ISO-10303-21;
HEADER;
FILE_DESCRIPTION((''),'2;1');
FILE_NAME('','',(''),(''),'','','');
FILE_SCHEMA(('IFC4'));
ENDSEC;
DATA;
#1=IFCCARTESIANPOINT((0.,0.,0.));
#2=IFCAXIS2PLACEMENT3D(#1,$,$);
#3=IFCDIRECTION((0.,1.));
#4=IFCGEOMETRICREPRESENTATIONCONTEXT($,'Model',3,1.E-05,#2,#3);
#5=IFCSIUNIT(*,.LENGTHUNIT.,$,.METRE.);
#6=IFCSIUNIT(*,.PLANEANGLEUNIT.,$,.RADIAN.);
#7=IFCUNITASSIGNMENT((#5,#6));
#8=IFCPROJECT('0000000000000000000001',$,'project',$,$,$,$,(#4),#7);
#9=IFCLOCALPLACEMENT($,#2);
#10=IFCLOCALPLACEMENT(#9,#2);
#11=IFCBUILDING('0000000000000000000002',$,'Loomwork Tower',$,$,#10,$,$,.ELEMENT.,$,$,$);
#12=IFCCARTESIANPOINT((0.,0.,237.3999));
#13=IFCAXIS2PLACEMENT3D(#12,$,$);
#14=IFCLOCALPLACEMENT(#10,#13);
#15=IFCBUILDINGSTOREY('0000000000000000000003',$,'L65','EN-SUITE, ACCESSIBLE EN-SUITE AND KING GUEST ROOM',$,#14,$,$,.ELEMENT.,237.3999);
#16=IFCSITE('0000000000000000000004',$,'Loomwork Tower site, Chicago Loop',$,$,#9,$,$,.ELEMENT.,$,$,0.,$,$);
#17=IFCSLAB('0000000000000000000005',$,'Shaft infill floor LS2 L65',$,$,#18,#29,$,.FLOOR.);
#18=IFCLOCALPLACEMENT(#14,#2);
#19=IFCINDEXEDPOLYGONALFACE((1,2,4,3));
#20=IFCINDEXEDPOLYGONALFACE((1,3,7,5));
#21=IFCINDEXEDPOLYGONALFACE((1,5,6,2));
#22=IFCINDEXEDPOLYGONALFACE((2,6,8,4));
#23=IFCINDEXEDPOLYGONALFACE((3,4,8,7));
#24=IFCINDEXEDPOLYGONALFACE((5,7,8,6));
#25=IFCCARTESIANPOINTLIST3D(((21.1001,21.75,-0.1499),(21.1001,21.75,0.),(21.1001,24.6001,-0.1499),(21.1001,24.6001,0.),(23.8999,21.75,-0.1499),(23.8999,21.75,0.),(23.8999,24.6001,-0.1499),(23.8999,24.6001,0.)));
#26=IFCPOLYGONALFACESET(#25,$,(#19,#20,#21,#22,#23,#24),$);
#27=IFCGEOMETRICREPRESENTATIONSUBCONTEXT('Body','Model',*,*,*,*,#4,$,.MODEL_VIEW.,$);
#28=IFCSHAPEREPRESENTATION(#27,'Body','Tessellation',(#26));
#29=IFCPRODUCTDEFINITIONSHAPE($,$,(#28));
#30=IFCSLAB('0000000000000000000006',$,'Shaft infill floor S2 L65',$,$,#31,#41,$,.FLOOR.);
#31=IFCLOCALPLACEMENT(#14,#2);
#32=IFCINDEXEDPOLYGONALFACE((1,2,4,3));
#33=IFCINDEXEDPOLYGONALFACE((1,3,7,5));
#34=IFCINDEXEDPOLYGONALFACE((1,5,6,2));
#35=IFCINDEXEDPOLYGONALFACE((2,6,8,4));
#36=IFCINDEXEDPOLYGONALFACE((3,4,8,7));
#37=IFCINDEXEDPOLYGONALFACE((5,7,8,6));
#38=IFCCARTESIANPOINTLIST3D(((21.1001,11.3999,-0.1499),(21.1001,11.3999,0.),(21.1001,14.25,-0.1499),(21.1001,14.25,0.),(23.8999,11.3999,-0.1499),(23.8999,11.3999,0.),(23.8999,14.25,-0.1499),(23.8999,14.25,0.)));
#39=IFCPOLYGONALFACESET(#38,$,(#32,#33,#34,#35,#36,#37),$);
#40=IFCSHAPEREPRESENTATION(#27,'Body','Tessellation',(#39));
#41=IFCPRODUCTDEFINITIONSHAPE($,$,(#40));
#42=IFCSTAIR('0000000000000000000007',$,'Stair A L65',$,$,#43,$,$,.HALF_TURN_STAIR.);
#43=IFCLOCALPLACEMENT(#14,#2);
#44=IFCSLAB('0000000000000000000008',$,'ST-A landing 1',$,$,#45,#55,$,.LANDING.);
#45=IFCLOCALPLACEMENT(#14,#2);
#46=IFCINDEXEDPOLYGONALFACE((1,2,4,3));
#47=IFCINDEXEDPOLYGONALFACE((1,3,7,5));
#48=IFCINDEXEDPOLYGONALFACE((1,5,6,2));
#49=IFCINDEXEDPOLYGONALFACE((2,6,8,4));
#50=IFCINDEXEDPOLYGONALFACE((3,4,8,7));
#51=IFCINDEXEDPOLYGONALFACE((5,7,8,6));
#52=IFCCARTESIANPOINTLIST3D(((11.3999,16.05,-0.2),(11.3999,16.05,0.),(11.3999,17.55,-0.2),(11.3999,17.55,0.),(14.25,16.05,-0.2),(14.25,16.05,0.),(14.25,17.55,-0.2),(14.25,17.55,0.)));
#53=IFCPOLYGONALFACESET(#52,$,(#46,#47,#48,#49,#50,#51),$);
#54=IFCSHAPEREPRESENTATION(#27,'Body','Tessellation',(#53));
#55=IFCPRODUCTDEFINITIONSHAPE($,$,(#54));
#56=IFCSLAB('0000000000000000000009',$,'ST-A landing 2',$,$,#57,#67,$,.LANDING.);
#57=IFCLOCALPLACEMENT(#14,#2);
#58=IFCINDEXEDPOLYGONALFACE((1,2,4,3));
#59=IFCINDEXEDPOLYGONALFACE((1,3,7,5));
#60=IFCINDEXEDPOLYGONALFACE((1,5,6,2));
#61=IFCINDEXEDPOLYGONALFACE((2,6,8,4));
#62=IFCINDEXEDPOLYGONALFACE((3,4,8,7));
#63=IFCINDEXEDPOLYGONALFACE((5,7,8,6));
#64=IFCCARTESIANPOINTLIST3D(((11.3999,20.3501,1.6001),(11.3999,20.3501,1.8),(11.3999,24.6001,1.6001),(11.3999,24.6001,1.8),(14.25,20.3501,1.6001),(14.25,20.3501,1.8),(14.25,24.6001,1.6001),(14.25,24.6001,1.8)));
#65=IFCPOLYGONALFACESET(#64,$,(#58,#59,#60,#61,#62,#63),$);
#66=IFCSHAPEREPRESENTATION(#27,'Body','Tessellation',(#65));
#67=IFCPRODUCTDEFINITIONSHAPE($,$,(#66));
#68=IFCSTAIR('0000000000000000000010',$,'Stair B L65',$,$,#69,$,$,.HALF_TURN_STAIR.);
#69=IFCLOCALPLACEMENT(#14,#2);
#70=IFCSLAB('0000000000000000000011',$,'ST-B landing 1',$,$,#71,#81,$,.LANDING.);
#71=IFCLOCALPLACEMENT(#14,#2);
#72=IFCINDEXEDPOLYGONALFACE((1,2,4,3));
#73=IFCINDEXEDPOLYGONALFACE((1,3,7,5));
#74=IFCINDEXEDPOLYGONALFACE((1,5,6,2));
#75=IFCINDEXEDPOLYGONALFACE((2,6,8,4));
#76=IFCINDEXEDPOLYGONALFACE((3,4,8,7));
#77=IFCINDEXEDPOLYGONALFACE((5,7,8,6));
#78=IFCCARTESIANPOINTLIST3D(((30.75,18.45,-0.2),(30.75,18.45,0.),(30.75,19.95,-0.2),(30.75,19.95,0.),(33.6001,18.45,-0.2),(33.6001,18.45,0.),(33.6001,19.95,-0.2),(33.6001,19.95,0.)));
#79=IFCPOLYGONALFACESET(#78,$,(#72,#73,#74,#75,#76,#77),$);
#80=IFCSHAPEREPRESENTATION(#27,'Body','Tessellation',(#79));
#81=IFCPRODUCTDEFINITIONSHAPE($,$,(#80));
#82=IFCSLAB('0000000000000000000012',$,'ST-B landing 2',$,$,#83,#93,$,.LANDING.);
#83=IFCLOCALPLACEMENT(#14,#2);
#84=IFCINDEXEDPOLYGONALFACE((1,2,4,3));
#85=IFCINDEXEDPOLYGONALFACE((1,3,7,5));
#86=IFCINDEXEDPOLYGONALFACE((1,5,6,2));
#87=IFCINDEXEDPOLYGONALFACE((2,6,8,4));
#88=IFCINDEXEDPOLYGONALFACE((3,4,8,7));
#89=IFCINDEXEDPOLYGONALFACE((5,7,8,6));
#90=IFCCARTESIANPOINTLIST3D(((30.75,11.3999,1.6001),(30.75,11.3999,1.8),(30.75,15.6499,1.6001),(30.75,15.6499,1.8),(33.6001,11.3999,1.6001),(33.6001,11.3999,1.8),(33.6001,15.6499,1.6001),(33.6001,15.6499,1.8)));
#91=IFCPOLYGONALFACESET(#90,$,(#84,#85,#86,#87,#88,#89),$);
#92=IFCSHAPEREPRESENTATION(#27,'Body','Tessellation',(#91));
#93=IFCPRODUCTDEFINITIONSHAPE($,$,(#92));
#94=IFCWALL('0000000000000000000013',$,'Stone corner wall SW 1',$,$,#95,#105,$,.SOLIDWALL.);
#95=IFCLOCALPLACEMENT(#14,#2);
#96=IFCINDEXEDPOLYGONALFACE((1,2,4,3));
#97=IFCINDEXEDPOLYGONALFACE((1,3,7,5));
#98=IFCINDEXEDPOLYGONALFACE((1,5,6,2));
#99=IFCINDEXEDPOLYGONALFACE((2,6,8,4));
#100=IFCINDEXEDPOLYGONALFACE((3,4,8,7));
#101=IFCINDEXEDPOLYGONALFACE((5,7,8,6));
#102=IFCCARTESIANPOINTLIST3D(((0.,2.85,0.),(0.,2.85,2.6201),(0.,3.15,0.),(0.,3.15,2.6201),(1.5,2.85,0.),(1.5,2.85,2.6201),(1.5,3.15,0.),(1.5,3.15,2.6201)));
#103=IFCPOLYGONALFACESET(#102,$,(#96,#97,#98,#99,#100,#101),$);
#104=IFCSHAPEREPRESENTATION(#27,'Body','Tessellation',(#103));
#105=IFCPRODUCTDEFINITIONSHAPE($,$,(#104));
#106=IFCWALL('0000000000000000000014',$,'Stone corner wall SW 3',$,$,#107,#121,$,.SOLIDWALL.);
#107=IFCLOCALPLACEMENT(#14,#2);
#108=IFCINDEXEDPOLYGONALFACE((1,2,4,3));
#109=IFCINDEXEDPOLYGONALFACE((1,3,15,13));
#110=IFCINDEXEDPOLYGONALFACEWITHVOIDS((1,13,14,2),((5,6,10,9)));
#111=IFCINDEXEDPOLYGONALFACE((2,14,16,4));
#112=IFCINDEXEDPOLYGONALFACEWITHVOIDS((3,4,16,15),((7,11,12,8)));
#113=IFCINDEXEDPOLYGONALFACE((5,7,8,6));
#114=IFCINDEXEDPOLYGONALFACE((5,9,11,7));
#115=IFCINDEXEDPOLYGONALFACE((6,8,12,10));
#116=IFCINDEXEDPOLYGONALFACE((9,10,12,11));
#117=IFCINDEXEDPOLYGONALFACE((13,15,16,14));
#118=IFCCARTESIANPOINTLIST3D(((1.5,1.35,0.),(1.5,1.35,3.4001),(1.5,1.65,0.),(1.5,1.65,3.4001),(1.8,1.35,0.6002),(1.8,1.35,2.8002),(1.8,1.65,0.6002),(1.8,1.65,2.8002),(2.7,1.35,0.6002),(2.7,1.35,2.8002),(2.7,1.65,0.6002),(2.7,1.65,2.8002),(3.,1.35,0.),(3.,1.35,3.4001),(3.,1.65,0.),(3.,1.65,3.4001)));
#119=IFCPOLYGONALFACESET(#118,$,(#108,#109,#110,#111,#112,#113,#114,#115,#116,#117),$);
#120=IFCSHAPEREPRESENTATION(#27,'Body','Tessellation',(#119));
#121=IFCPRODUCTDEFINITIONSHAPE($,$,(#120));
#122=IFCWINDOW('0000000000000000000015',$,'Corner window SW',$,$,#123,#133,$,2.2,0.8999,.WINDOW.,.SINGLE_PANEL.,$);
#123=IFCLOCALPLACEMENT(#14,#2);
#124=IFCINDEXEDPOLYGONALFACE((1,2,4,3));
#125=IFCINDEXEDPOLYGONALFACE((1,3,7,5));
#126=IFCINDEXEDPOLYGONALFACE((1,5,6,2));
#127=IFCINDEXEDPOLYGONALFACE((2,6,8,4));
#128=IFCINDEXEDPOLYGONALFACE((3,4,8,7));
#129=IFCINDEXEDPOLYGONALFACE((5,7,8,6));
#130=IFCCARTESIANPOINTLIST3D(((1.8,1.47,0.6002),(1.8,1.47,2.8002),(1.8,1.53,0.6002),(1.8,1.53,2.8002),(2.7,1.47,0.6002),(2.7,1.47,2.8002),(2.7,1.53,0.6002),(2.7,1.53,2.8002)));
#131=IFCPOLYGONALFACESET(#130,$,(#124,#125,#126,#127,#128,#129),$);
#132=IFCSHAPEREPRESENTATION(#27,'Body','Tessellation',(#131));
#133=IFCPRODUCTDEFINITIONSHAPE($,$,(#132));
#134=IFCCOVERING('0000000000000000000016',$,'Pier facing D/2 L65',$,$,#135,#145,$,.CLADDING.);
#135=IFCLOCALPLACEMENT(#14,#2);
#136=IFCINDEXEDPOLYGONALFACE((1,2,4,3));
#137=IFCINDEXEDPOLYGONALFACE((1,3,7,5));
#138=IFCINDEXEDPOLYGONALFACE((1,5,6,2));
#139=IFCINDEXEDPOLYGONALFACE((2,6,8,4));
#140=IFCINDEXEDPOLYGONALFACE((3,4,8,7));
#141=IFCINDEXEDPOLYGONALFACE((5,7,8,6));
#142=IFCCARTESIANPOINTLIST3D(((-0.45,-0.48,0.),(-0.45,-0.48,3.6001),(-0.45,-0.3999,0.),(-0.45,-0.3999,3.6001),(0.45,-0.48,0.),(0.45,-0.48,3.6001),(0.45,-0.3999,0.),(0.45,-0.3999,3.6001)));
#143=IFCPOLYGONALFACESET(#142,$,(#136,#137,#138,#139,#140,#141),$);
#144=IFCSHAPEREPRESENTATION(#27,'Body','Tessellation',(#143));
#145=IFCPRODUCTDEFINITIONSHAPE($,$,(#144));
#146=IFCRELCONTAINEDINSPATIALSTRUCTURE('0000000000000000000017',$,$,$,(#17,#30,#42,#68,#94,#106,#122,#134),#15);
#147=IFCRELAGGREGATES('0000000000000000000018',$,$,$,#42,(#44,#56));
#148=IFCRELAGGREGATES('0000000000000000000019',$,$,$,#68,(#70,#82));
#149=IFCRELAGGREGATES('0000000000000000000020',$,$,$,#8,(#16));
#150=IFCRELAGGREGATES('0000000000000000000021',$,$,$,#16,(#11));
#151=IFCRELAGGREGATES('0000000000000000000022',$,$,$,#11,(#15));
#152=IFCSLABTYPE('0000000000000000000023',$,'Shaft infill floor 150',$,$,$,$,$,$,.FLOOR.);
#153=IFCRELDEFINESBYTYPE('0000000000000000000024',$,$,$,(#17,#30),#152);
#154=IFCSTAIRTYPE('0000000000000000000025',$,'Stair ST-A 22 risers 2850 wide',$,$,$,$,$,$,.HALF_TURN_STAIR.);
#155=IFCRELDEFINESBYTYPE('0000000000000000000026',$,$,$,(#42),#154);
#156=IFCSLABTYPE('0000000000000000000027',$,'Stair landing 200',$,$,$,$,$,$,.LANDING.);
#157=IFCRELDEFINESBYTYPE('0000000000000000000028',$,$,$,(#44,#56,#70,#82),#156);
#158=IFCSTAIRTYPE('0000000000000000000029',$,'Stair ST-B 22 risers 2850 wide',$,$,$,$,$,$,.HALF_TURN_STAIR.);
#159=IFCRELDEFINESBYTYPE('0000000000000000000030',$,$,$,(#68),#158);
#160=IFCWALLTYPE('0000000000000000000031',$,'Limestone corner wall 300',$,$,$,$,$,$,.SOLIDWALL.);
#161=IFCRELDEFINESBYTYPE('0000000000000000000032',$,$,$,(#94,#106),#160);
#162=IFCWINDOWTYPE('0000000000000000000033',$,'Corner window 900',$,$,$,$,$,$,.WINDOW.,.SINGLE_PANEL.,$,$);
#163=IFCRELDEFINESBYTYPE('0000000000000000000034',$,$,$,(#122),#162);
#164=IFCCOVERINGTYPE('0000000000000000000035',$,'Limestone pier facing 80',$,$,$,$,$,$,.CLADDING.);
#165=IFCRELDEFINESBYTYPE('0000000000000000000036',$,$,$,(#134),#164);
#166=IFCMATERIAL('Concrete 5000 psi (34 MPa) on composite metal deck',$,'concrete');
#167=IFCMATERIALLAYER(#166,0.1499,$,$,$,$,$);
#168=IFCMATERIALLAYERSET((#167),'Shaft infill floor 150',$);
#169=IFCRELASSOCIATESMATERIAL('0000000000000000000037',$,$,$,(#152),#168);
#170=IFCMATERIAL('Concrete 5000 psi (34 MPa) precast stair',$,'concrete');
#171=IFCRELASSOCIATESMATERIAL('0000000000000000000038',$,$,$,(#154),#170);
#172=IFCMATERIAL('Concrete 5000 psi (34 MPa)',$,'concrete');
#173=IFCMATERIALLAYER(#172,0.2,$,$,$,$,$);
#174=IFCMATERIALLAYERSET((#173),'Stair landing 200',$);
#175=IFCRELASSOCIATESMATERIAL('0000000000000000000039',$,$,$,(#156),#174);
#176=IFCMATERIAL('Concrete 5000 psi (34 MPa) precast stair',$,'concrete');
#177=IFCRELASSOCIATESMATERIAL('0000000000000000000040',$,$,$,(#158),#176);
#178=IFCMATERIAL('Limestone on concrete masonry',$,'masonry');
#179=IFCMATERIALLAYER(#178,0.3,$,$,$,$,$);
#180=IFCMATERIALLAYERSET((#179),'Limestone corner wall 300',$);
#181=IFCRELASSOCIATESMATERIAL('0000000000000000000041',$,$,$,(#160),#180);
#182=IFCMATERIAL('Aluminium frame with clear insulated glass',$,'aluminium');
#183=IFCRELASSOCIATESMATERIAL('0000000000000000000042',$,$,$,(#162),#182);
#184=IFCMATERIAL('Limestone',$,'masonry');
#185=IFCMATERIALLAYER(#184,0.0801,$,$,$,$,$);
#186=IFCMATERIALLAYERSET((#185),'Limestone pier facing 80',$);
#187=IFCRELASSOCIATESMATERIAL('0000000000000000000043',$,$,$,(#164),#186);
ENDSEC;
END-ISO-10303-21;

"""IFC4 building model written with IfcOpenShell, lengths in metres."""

from ifc_helpers import new_model, si_unit, direction, frame, frame_2d, origin, origin_2d, place, context, subcontext, project, spatial, polyline, rectangle, outline, extrude, material, layer, layer_set, type_object, element, fill, aggregate, save


model = new_model("IFC4")

# Units and contexts
model_context = context("Model", 3, precision=1e-05, world=origin(), true_north=direction((0.0, 1.0)))
body_context = subcontext(model_context, "Body", "Model", "MODEL_VIEW")
ifc_project = project(units=[si_unit("LENGTHUNIT", "METRE"), si_unit("PLANEANGLEUNIT", "RADIAN")], contexts=[model_context])

# Site, building, storey
site_placement = place(None, origin())
site = spatial("IfcSite", under=ifc_project, at=site_placement, Name="Loomwork Tower site, Chicago Loop", CompositionType="ELEMENT", RefElevation=0.0)
building_placement = place(site_placement, origin())
building = spatial("IfcBuilding", under=site, at=building_placement, Name="Loomwork Tower", CompositionType="ELEMENT")
storey_placement = place(building_placement, frame((0.0, 0.0, 237.3999)))
storey = spatial("IfcBuildingStorey", under=building, at=storey_placement, Name="L65", Description="EN-SUITE, ACCESSIBLE EN-SUITE AND KING GUEST ROOM", CompositionType="ELEMENT", Elevation=237.3999)

# Slabs
ifc_material_1 = material(Name="Concrete 5000 psi (34 MPa) on composite metal deck", Category="concrete")
ifc_layer_1 = layer(ifc_material_1, 0.1499)
ifc_layer_set_1 = layer_set([ifc_layer_1], Name="Shaft infill floor 150")
slab_type_1 = type_object("IfcSlabType", Name="Shaft infill floor 150", PredefinedType="FLOOR", material=ifc_layer_set_1)
slab_1_placement = place(storey_placement, frame((0.0, 0.0, -0.1499)))
element("IfcSlab", 1, at=slab_1_placement, inside=storey, type_object=slab_type_1, Name="Shaft infill floor LS2 L65", PredefinedType="FLOOR", context=body_context, shape_type="SweptSolid", body=[
    extrude(outline(polyline([(21.1001, 21.75), (23.8999, 21.75), (23.8999, 24.6001), (21.1001, 24.6001), (21.1001, 21.75)])), origin(), (0.0, 0.0, 1.0), 0.1499),
])
slab_2_placement = place(storey_placement, frame((0.0, 0.0, -0.1499)))
element("IfcSlab", 2, at=slab_2_placement, inside=storey, type_object=slab_type_1, Name="Shaft infill floor S2 L65", PredefinedType="FLOOR", context=body_context, shape_type="SweptSolid", body=[
    extrude(outline(polyline([(21.1001, 11.3999), (23.8999, 11.3999), (23.8999, 14.25), (21.1001, 14.25), (21.1001, 11.3999)])), origin(), (0.0, 0.0, 1.0), 0.1499),
])

# Stairs, slabs
ifc_material_2 = material(Name="Concrete 5000 psi (34 MPa) precast stair", Category="concrete")
stair_type_1 = type_object("IfcStairType", Name="Stair ST-A 22 risers 2850 wide", PredefinedType="HALF_TURN_STAIR", material=ifc_material_2)
stair_1_placement = place(storey_placement, origin())
stair_1 = element("IfcStair", 3, at=stair_1_placement, inside=storey, type_object=stair_type_1, Name="Stair A L65", PredefinedType="HALF_TURN_STAIR")
ifc_material_3 = material(Name="Concrete 5000 psi (34 MPa)", Category="concrete")
ifc_layer_2 = layer(ifc_material_3, 0.2)
ifc_layer_set_2 = layer_set([ifc_layer_2], Name="Stair landing 200")
slab_type_2 = type_object("IfcSlabType", Name="Stair landing 200", PredefinedType="LANDING", material=ifc_layer_set_2)
slab_3_placement = place(storey_placement, frame((0.0, 0.0, -0.2)))
slab_3 = element("IfcSlab", 4, at=slab_3_placement, type_object=slab_type_2, Name="ST-A landing 1", PredefinedType="LANDING", context=body_context, shape_type="SweptSolid", body=[
    extrude(outline(polyline([(11.3999, 16.05), (14.25, 16.05), (14.25, 17.55), (11.3999, 17.55), (11.3999, 16.05)])), origin(), (0.0, 0.0, 1.0), 0.2),
])
slab_4_placement = place(storey_placement, frame((0.0, 0.0, 1.6001)))
slab_4 = element("IfcSlab", 5, at=slab_4_placement, type_object=slab_type_2, Name="ST-A landing 2", PredefinedType="LANDING", context=body_context, shape_type="SweptSolid", body=[
    extrude(outline(polyline([(11.3999, 20.3501), (14.25, 20.3501), (14.25, 24.6001), (11.3999, 24.6001), (11.3999, 20.3501)])), origin(), (0.0, 0.0, 1.0), 0.2),
])
aggregate(stair_1, [slab_3, slab_4])
ifc_material_4 = material(Name="Concrete 5000 psi (34 MPa) precast stair", Category="concrete")
stair_type_2 = type_object("IfcStairType", Name="Stair ST-B 22 risers 2850 wide", PredefinedType="HALF_TURN_STAIR", material=ifc_material_4)
stair_2_placement = place(storey_placement, origin())
stair_2 = element("IfcStair", 6, at=stair_2_placement, inside=storey, type_object=stair_type_2, Name="Stair B L65", PredefinedType="HALF_TURN_STAIR")
slab_5_placement = place(storey_placement, frame((0.0, 0.0, -0.2)))
slab_5 = element("IfcSlab", 7, at=slab_5_placement, type_object=slab_type_2, Name="ST-B landing 1", PredefinedType="LANDING", context=body_context, shape_type="SweptSolid", body=[
    extrude(outline(polyline([(30.75, 18.45), (33.6001, 18.45), (33.6001, 19.95), (30.75, 19.95), (30.75, 18.45)])), origin(), (0.0, 0.0, 1.0), 0.2),
])
slab_6_placement = place(storey_placement, frame((0.0, 0.0, 1.6001)))
slab_6 = element("IfcSlab", 8, at=slab_6_placement, type_object=slab_type_2, Name="ST-B landing 2", PredefinedType="LANDING", context=body_context, shape_type="SweptSolid", body=[
    extrude(outline(polyline([(30.75, 11.3999), (33.6001, 11.3999), (33.6001, 15.6499), (30.75, 15.6499), (30.75, 11.3999)])), origin(), (0.0, 0.0, 1.0), 0.2),
])
aggregate(stair_2, [slab_5, slab_6])

# Wall
ifc_material_5 = material(Name="Limestone on concrete masonry", Category="masonry")
ifc_layer_3 = layer(ifc_material_5, 0.3)
ifc_layer_set_3 = layer_set([ifc_layer_3], Name="Limestone corner wall 300")
wall_type = type_object("IfcWallType", Name="Limestone corner wall 300", PredefinedType="SOLIDWALL", material=ifc_layer_set_3)
wall_1_placement = place(storey_placement, frame((0.0, 3.0, 0.0), z_axis=(0.0, 0.0, 1.0), x_axis=(1.0, 0.0, 0.0)))
element("IfcWall", 9, at=wall_1_placement, inside=storey, type_object=wall_type, Name="Stone corner wall SW 1", PredefinedType="SOLIDWALL", context=body_context, shape_type="SweptSolid", body=[
    extrude(rectangle(XDim=1.5, YDim=0.3, at=frame_2d((0.75, 0.0))), origin(), (0.0, 0.0, 1.0), 2.6201),
])

# Wall, opening, window
wall_2_placement = place(storey_placement, frame((1.5, 1.5, 0.0), z_axis=(0.0, 0.0, 1.0), x_axis=(1.0, 0.0, 0.0)))
wall_2 = element("IfcWall", 10, at=wall_2_placement, inside=storey, type_object=wall_type, Name="Stone corner wall SW 3", PredefinedType="SOLIDWALL", context=body_context, shape_type="SweptSolid", body=[
    extrude(rectangle(XDim=1.5, YDim=0.3, at=frame_2d((0.75, 0.0))), origin(), (0.0, 0.0, 1.0), 3.4001),
])
opening_placement = place(wall_2_placement, frame((0.3, 0.0, 0.6001)))
opening = element("IfcOpeningElement", 11, at=opening_placement, cuts=wall_2, PredefinedType="OPENING", context=body_context, shape_type="SweptSolid", body=[
    extrude(rectangle(XDim=0.8999, YDim=2.2, at=frame_2d((0.45, 1.1001))), frame((0.0, 0.1599, 0.0), z_axis=(0.0, -1.0, 0.0), x_axis=(1.0, 0.0, 0.0)), (0.0, 0.0, 1.0), 0.3201),
])
ifc_material_6 = material(Name="Aluminium frame with clear insulated glass", Category="aluminium")
window_type = type_object("IfcWindowType", Name="Corner window 900", PartitioningType="SINGLE_PANEL", PredefinedType="WINDOW", material=ifc_material_6)
window_placement = place(opening_placement, origin())
window = element("IfcWindow", 12, at=window_placement, inside=storey, type_object=window_type, Name="Corner window SW", OverallHeight=2.2, OverallWidth=0.8999, PartitioningType="SINGLE_PANEL", PredefinedType="WINDOW", context=body_context, shape_type="SweptSolid", body=[
    extrude(rectangle(XDim=0.8999, YDim=2.2, at=frame_2d((0.45, 1.1001))), frame((0.0, 0.03, 0.0), z_axis=(0.0, -1.0, 0.0), x_axis=(1.0, 0.0, 0.0)), (0.0, 0.0, 1.0), 0.0601),
])
fill(opening, window)

# Covering
ifc_material_7 = material(Name="Limestone", Category="masonry")
ifc_layer_4 = layer(ifc_material_7, 0.0801)
ifc_layer_set_4 = layer_set([ifc_layer_4], Name="Limestone pier facing 80")
covering_type = type_object("IfcCoveringType", Name="Limestone pier facing 80", PredefinedType="CLADDING", material=ifc_layer_set_4)
covering_placement = place(storey_placement, frame((0.0, -0.4399, 0.0), z_axis=(0.0, 0.0, 1.0), x_axis=(1.0, 0.0, 0.0)))
element("IfcCovering", 13, at=covering_placement, inside=storey, type_object=covering_type, Name="Pier facing D/2 L65", PredefinedType="CLADDING", context=body_context, shape_type="SweptSolid", body=[
    extrude(rectangle(XDim=0.8999, YDim=0.0801, at=origin_2d()), origin(), (0.0, 0.0, 1.0), 3.6001),
])

save(model, "model.ifc")
